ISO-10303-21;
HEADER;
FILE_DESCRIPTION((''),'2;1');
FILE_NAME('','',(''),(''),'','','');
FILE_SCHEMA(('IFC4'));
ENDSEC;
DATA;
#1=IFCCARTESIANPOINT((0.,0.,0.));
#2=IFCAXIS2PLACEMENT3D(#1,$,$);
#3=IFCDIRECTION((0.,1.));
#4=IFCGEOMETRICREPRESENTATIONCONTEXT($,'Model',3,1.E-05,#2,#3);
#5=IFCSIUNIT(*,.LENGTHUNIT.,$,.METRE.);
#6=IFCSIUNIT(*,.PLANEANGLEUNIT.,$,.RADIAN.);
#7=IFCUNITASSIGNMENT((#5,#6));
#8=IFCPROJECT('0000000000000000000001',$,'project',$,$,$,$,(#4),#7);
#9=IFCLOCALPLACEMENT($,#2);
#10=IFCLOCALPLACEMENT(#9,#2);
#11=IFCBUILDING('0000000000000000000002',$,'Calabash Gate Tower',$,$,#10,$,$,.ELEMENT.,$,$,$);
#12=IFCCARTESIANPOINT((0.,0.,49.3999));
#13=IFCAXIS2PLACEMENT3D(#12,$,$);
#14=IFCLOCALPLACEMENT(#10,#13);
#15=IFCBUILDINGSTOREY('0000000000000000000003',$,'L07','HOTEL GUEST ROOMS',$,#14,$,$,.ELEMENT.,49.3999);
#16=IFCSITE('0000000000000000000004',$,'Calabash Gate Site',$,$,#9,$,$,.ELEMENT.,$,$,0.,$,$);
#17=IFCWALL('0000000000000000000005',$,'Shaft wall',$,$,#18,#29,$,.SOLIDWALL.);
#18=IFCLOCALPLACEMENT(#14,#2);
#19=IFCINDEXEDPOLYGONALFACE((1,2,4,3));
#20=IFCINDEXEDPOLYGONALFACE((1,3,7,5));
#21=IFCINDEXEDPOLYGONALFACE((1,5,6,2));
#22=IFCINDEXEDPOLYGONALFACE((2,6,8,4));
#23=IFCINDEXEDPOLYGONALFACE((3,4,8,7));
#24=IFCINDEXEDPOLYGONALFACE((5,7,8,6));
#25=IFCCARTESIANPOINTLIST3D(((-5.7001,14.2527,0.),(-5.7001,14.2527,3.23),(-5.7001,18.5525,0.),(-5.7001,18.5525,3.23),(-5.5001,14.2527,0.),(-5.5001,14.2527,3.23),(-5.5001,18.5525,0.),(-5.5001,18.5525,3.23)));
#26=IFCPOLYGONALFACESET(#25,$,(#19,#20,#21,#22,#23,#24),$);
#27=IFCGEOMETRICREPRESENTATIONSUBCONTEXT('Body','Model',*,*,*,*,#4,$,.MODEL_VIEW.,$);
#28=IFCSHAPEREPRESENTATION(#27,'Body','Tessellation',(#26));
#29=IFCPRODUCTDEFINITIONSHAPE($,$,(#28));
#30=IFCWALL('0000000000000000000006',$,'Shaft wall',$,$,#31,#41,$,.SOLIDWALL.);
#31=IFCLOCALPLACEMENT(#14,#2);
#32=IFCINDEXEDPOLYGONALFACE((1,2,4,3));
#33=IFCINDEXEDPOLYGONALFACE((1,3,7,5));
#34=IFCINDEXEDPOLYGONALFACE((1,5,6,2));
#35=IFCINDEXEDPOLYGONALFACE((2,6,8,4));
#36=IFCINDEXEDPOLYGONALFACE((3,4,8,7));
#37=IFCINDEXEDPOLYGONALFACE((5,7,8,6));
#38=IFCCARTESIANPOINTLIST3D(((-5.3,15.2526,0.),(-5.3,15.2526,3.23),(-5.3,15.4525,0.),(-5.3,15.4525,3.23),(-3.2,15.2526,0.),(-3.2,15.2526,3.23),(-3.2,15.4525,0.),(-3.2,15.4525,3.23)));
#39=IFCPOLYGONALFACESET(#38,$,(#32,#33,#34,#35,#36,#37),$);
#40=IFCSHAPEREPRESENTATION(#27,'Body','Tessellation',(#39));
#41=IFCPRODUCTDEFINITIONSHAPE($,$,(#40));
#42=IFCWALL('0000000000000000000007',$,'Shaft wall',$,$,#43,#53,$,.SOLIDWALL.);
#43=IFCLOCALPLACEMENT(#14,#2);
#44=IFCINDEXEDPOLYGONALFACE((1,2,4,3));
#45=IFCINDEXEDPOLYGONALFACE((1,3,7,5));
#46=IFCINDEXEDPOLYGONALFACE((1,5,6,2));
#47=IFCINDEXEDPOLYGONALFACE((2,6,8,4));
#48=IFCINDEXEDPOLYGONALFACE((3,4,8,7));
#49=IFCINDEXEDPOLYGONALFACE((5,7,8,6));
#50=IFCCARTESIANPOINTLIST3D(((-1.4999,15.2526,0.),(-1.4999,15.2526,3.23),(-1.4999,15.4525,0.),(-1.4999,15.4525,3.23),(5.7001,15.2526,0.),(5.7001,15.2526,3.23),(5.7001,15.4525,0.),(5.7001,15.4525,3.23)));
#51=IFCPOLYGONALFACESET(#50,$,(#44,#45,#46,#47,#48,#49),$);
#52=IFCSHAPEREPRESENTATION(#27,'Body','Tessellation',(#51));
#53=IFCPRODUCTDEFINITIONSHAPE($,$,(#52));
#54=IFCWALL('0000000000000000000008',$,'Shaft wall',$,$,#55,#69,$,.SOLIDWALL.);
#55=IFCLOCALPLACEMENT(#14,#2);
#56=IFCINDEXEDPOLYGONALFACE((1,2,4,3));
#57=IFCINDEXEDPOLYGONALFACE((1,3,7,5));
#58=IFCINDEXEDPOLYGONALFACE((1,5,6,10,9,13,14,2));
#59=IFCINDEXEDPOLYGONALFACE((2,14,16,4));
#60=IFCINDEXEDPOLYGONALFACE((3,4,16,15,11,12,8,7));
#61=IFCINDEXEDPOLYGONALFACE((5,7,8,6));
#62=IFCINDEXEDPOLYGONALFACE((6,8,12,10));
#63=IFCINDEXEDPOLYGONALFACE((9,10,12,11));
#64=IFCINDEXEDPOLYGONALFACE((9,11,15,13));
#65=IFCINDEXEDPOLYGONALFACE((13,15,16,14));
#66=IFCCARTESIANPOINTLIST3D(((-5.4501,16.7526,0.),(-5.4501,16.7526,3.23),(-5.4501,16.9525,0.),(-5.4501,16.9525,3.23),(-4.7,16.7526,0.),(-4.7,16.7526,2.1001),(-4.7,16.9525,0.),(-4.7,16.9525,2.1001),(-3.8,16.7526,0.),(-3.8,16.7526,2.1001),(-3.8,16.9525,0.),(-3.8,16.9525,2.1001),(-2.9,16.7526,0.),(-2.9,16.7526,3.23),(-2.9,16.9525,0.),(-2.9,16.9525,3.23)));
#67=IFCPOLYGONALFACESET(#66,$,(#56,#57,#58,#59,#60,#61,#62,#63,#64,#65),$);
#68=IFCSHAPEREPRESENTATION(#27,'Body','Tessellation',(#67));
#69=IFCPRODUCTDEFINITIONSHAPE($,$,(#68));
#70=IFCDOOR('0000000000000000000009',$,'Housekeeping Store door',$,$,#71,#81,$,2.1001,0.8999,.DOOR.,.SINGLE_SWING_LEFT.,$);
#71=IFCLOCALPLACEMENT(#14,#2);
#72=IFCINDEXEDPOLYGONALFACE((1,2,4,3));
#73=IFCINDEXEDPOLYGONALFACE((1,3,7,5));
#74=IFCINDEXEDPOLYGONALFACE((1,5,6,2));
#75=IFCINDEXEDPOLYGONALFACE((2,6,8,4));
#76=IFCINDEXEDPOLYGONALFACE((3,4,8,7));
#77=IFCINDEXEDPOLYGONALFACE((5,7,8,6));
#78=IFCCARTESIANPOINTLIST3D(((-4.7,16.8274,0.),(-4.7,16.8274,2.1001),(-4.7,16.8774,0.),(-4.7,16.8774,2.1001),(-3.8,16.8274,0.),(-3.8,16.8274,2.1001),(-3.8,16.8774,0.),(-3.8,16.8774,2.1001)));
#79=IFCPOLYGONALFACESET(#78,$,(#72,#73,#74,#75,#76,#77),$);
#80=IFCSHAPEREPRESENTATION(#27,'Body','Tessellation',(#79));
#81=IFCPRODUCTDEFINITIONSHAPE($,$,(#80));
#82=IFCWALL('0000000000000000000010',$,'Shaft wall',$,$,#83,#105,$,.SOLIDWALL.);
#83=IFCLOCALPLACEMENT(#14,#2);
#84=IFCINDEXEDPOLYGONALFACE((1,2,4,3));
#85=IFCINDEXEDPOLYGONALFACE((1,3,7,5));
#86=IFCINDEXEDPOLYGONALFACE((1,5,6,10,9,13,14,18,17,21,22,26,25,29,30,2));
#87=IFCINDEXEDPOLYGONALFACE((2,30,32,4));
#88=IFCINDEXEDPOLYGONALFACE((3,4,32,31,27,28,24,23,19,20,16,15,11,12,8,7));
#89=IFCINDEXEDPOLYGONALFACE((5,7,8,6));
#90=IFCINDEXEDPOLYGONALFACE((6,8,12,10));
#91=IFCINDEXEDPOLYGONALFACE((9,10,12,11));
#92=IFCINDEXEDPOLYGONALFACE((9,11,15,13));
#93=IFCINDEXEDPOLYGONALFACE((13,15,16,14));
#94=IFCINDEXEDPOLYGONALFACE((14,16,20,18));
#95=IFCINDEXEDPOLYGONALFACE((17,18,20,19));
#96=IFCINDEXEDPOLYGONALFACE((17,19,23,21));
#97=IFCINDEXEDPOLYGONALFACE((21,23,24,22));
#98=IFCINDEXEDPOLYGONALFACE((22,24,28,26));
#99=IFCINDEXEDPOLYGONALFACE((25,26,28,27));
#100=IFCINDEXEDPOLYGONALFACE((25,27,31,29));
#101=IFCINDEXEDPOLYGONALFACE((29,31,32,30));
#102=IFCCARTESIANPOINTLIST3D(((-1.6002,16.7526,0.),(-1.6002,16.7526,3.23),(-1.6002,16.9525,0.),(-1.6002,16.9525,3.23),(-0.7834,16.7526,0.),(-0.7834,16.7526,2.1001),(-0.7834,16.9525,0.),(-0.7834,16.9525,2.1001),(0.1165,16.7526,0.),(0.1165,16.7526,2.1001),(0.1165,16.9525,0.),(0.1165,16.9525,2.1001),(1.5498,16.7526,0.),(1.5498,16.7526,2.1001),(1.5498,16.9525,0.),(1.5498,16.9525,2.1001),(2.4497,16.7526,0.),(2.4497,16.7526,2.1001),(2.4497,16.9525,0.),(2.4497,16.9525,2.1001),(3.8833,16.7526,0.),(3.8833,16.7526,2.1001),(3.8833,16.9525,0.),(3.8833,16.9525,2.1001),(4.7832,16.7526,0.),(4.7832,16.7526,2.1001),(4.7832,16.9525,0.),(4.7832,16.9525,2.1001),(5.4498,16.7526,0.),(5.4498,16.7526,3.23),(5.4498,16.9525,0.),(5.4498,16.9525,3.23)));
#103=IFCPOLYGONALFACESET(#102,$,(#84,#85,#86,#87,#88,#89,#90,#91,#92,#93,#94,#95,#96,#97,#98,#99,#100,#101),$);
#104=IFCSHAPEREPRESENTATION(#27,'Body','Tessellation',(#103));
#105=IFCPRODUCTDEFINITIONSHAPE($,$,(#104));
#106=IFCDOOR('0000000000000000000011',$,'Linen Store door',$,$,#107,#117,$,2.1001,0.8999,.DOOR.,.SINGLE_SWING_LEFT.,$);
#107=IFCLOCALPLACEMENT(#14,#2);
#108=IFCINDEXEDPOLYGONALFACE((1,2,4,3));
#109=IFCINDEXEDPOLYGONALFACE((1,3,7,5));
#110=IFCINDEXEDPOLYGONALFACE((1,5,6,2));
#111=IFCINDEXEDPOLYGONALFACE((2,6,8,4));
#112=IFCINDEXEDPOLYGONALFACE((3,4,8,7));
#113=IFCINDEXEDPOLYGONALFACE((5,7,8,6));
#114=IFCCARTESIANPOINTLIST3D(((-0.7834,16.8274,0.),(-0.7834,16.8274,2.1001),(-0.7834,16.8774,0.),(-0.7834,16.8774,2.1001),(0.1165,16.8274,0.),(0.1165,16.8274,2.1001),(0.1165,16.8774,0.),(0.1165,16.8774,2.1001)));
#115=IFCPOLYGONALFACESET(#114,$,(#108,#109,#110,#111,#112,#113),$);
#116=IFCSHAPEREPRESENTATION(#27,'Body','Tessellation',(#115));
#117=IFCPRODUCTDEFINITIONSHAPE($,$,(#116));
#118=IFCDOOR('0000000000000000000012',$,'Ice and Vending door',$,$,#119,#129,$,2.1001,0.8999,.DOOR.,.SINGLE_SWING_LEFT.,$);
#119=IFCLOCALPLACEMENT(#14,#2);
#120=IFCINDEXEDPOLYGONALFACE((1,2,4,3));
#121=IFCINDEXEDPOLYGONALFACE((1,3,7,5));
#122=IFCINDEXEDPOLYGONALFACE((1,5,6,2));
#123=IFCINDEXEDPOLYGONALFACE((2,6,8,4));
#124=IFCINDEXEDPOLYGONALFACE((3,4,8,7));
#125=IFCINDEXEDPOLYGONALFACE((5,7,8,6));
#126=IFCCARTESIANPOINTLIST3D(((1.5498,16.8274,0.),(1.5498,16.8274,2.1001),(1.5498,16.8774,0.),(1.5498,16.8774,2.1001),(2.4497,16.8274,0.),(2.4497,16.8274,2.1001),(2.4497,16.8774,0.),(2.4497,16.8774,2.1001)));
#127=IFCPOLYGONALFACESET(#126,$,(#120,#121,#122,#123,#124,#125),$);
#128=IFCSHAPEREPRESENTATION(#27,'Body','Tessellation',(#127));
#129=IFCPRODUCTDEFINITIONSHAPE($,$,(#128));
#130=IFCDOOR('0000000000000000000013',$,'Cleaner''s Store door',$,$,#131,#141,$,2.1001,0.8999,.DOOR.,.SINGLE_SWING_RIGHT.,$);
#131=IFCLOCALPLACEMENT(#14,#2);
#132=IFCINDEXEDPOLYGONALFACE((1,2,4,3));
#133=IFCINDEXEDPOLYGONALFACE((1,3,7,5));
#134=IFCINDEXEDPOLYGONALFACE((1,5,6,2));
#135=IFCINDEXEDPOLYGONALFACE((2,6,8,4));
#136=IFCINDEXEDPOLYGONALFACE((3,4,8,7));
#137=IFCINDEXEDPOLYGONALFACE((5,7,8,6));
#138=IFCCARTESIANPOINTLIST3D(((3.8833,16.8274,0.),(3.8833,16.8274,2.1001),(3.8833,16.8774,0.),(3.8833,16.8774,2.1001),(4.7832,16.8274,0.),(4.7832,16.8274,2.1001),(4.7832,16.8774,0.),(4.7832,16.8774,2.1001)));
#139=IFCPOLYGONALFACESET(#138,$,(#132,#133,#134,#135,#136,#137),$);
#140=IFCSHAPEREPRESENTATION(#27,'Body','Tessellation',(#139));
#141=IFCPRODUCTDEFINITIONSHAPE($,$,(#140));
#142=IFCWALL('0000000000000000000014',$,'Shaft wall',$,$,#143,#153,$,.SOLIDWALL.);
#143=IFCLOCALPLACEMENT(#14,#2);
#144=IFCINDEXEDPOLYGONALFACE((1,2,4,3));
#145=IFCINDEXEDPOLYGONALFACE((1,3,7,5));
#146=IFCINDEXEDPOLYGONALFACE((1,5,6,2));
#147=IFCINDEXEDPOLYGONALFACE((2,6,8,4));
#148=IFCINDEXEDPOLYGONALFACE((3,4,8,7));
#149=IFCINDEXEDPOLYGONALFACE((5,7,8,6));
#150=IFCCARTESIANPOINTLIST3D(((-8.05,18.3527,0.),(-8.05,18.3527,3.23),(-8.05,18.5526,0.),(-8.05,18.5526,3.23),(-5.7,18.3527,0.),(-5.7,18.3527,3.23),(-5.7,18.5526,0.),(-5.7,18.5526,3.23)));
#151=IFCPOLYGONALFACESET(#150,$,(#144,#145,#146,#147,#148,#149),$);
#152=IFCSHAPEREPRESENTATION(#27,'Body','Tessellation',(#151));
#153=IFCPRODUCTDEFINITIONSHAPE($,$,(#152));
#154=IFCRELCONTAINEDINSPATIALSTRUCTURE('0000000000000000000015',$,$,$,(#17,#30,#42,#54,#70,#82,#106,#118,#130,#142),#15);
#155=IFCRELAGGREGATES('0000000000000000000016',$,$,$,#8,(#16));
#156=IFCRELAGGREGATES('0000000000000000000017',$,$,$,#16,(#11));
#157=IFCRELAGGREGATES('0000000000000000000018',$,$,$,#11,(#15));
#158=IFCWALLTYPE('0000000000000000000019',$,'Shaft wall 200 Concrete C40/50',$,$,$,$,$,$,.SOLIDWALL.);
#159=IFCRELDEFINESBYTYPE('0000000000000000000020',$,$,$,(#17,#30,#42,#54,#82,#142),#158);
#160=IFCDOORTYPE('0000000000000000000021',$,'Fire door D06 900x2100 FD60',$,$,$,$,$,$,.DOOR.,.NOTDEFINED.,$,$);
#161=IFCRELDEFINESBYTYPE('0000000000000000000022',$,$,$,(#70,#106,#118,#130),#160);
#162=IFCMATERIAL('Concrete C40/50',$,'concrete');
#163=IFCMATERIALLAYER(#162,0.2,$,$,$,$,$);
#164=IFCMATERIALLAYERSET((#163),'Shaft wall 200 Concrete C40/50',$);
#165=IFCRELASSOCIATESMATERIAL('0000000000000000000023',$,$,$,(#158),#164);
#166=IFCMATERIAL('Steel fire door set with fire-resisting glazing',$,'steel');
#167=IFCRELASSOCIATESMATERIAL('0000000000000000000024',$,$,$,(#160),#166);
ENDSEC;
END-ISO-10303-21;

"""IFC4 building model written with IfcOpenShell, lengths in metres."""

from ifc_helpers import new_model, si_unit, direction, frame, frame_2d, origin, place, context, subcontext, project, spatial, rectangle, extrude, material, layer, layer_set, type_object, element, fill, save


model = new_model("IFC4")

# Units and contexts
model_context = context("Model", 3, precision=1e-05, world=origin(), true_north=direction((0.0, 1.0)))
body_context = subcontext(model_context, "Body", "Model", "MODEL_VIEW")
ifc_project = project(units=[si_unit("LENGTHUNIT", "METRE"), si_unit("PLANEANGLEUNIT", "RADIAN")], contexts=[model_context])

# Site, building, storey
site_placement = place(None, origin())
site = spatial("IfcSite", under=ifc_project, at=site_placement, Name="Calabash Gate Site", CompositionType="ELEMENT", RefElevation=0.0)
building_placement = place(site_placement, origin())
building = spatial("IfcBuilding", under=site, at=building_placement, Name="Calabash Gate Tower", CompositionType="ELEMENT")
storey_placement = place(building_placement, frame((0.0, 0.0, 49.3999)))
storey = spatial("IfcBuildingStorey", under=building, at=storey_placement, Name="L07", Description="HOTEL GUEST ROOMS", CompositionType="ELEMENT", Elevation=49.3999)

# Shared definitions
ifc_material_1 = material(Name="Concrete C40/50", Category="concrete")
ifc_layer_1 = layer(ifc_material_1, 0.2)
ifc_layer_set_1 = layer_set([ifc_layer_1], Name="Shaft wall 200 Concrete C40/50")
wall_type_1 = type_object("IfcWallType", Name="Shaft wall 200 Concrete C40/50", PredefinedType="SOLIDWALL", material=ifc_layer_set_1)
ifc_material_2 = material(Name="Steel fire door set with fire-resisting glazing", Category="steel")
door_type_1 = type_object("IfcDoorType", Name="Fire door D06 900x2100 FD60", OperationType="NOTDEFINED", PredefinedType="DOOR", material=ifc_material_2)

# Walls
wall_1_placement = place(storey_placement, frame((-5.6001, 14.2527, 0.0), z_axis=(0.0, 0.0, 1.0), x_axis=(0.0, 1.0, 0.0)))
element("IfcWall", 1, at=wall_1_placement, inside=storey, type_object=wall_type_1, Name="Shaft wall", PredefinedType="SOLIDWALL", context=body_context, shape_type="SweptSolid", body=[
    extrude(rectangle(XDim=4.2998, YDim=0.2, at=frame_2d((2.1499, 0.0))), origin(), (0.0, 0.0, 1.0), 3.23),
])
wall_2_placement = place(storey_placement, frame((-5.3, 15.3525, 0.0), z_axis=(0.0, 0.0, 1.0), x_axis=(1.0, 0.0, 0.0)))
element("IfcWall", 2, at=wall_2_placement, inside=storey, type_object=wall_type_1, Name="Shaft wall", PredefinedType="SOLIDWALL", context=body_context, shape_type="SweptSolid", body=[
    extrude(rectangle(XDim=2.1001, YDim=0.2, at=frame_2d((1.05, 0.0))), origin(), (0.0, 0.0, 1.0), 3.23),
])
wall_3_placement = place(storey_placement, frame((-1.5, 15.3525, 0.0), z_axis=(0.0, 0.0, 1.0), x_axis=(1.0, 0.0, 0.0)))
element("IfcWall", 3, at=wall_3_placement, inside=storey, type_object=wall_type_1, Name="Shaft wall", PredefinedType="SOLIDWALL", context=body_context, shape_type="SweptSolid", body=[
    extrude(rectangle(XDim=7.2, YDim=0.2, at=frame_2d((3.6001, 0.0))), origin(), (0.0, 0.0, 1.0), 3.23),
])

# Wall, opening, door
wall_4_placement = place(storey_placement, frame((-5.45, 16.8525, 0.0), z_axis=(0.0, 0.0, 1.0), x_axis=(1.0, 0.0, 0.0)))
wall_4 = element("IfcWall", 4, at=wall_4_placement, inside=storey, type_object=wall_type_1, Name="Shaft wall", PredefinedType="SOLIDWALL", context=body_context, shape_type="SweptSolid", body=[
    extrude(rectangle(XDim=2.55, YDim=0.2, at=frame_2d((1.2749, 0.0))), origin(), (0.0, 0.0, 1.0), 3.23),
])
opening_1_placement = place(wall_4_placement, frame((0.75, 0.0, 0.0)))
opening_1 = element("IfcOpeningElement", 5, at=opening_1_placement, cuts=wall_4, PredefinedType="OPENING", context=body_context, shape_type="SweptSolid", body=[
    extrude(rectangle(XDim=0.8999, YDim=2.1001, at=frame_2d((0.45, 1.05))), frame((0.0, 0.1099, 0.0), z_axis=(0.0, -1.0, 0.0), x_axis=(1.0, 0.0, 0.0)), (0.0, 0.0, 1.0), 0.22),
])
door_1_placement = place(opening_1_placement, origin())
door_1 = element("IfcDoor", 6, at=door_1_placement, inside=storey, type_object=door_type_1, Name="Housekeeping Store door", OperationType="SINGLE_SWING_LEFT", OverallHeight=2.1001, OverallWidth=0.8999, PredefinedType="DOOR", context=body_context, shape_type="SweptSolid", body=[
    extrude(rectangle(XDim=0.8999, YDim=2.1001, at=frame_2d((0.45, 1.05))), frame((0.0, 0.0249, 0.0), z_axis=(0.0, -1.0, 0.0), x_axis=(1.0, 0.0, 0.0)), (0.0, 0.0, 1.0), 0.05),
])
fill(opening_1, door_1)

# Wall, openings, doors
wall_5_placement = place(storey_placement, frame((-1.6001, 16.8525, 0.0), z_axis=(0.0, 0.0, 1.0), x_axis=(1.0, 0.0, 0.0)))
wall_5 = element("IfcWall", 7, at=wall_5_placement, inside=storey, type_object=wall_type_1, Name="Shaft wall", PredefinedType="SOLIDWALL", context=body_context, shape_type="SweptSolid", body=[
    extrude(rectangle(XDim=7.05, YDim=0.2, at=frame_2d((3.5249, 0.0))), origin(), (0.0, 0.0, 1.0), 3.23),
])
opening_2_placement = place(wall_5_placement, frame((0.8167, 0.0, 0.0)))
opening_2 = element("IfcOpeningElement", 8, at=opening_2_placement, cuts=wall_5, PredefinedType="OPENING", context=body_context, shape_type="SweptSolid", body=[
    extrude(rectangle(XDim=0.8999, YDim=2.1001, at=frame_2d((0.45, 1.05))), frame((0.0, 0.1099, 0.0), z_axis=(0.0, -1.0, 0.0), x_axis=(1.0, 0.0, 0.0)), (0.0, 0.0, 1.0), 0.22),
])
opening_3_placement = place(wall_5_placement, frame((3.1499, 0.0, 0.0)))
opening_3 = element("IfcOpeningElement", 9, at=opening_3_placement, cuts=wall_5, PredefinedType="OPENING", context=body_context, shape_type="SweptSolid", body=[
    extrude(rectangle(XDim=0.8999, YDim=2.1001, at=frame_2d((0.45, 1.05))), frame((0.0, 0.1099, 0.0), z_axis=(0.0, -1.0, 0.0), x_axis=(1.0, 0.0, 0.0)), (0.0, 0.0, 1.0), 0.22),
])
opening_4_placement = place(wall_5_placement, frame((5.4834, 0.0, 0.0)))
opening_4 = element("IfcOpeningElement", 10, at=opening_4_placement, cuts=wall_5, PredefinedType="OPENING", context=body_context, shape_type="SweptSolid", body=[
    extrude(rectangle(XDim=0.8999, YDim=2.1001, at=frame_2d((0.45, 1.05))), frame((0.0, 0.1099, 0.0), z_axis=(0.0, -1.0, 0.0), x_axis=(1.0, 0.0, 0.0)), (0.0, 0.0, 1.0), 0.22),
])
door_2_placement = place(opening_2_placement, origin())
door_2 = element("IfcDoor", 11, at=door_2_placement, inside=storey, type_object=door_type_1, Name="Linen Store door", OperationType="SINGLE_SWING_LEFT", OverallHeight=2.1001, OverallWidth=0.8999, PredefinedType="DOOR", context=body_context, shape_type="SweptSolid", body=[
    extrude(rectangle(XDim=0.8999, YDim=2.1001, at=frame_2d((0.45, 1.05))), frame((0.0, 0.0249, 0.0), z_axis=(0.0, -1.0, 0.0), x_axis=(1.0, 0.0, 0.0)), (0.0, 0.0, 1.0), 0.05),
])
fill(opening_2, door_2)
door_3_placement = place(opening_3_placement, origin())
door_3 = element("IfcDoor", 12, at=door_3_placement, inside=storey, type_object=door_type_1, Name="Ice and Vending door", OperationType="SINGLE_SWING_LEFT", OverallHeight=2.1001, OverallWidth=0.8999, PredefinedType="DOOR", context=body_context, shape_type="SweptSolid", body=[
    extrude(rectangle(XDim=0.8999, YDim=2.1001, at=frame_2d((0.45, 1.05))), frame((0.0, 0.0249, 0.0), z_axis=(0.0, -1.0, 0.0), x_axis=(1.0, 0.0, 0.0)), (0.0, 0.0, 1.0), 0.05),
])
fill(opening_3, door_3)
door_4_placement = place(opening_4_placement, origin())
door_4 = element("IfcDoor", 13, at=door_4_placement, inside=storey, type_object=door_type_1, Name="Cleaner's Store door", OperationType="SINGLE_SWING_RIGHT", OverallHeight=2.1001, OverallWidth=0.8999, PredefinedType="DOOR", context=body_context, shape_type="SweptSolid", body=[
    extrude(rectangle(XDim=0.8999, YDim=2.1001, at=frame_2d((0.45, 1.05))), frame((0.0, 0.0249, 0.0), z_axis=(0.0, -1.0, 0.0), x_axis=(1.0, 0.0, 0.0)), (0.0, 0.0, 1.0), 0.05),
])
fill(opening_4, door_4)

# Wall
wall_6_placement = place(storey_placement, frame((-8.05, 18.4526, 0.0), z_axis=(0.0, 0.0, 1.0), x_axis=(1.0, 0.0, 0.0)))
element("IfcWall", 14, at=wall_6_placement, inside=storey, type_object=wall_type_1, Name="Shaft wall", PredefinedType="SOLIDWALL", context=body_context, shape_type="SweptSolid", body=[
    extrude(rectangle(XDim=2.3501, YDim=0.2, at=frame_2d((1.175, 0.0))), origin(), (0.0, 0.0, 1.0), 3.23),
])

save(model, "model.ifc")
